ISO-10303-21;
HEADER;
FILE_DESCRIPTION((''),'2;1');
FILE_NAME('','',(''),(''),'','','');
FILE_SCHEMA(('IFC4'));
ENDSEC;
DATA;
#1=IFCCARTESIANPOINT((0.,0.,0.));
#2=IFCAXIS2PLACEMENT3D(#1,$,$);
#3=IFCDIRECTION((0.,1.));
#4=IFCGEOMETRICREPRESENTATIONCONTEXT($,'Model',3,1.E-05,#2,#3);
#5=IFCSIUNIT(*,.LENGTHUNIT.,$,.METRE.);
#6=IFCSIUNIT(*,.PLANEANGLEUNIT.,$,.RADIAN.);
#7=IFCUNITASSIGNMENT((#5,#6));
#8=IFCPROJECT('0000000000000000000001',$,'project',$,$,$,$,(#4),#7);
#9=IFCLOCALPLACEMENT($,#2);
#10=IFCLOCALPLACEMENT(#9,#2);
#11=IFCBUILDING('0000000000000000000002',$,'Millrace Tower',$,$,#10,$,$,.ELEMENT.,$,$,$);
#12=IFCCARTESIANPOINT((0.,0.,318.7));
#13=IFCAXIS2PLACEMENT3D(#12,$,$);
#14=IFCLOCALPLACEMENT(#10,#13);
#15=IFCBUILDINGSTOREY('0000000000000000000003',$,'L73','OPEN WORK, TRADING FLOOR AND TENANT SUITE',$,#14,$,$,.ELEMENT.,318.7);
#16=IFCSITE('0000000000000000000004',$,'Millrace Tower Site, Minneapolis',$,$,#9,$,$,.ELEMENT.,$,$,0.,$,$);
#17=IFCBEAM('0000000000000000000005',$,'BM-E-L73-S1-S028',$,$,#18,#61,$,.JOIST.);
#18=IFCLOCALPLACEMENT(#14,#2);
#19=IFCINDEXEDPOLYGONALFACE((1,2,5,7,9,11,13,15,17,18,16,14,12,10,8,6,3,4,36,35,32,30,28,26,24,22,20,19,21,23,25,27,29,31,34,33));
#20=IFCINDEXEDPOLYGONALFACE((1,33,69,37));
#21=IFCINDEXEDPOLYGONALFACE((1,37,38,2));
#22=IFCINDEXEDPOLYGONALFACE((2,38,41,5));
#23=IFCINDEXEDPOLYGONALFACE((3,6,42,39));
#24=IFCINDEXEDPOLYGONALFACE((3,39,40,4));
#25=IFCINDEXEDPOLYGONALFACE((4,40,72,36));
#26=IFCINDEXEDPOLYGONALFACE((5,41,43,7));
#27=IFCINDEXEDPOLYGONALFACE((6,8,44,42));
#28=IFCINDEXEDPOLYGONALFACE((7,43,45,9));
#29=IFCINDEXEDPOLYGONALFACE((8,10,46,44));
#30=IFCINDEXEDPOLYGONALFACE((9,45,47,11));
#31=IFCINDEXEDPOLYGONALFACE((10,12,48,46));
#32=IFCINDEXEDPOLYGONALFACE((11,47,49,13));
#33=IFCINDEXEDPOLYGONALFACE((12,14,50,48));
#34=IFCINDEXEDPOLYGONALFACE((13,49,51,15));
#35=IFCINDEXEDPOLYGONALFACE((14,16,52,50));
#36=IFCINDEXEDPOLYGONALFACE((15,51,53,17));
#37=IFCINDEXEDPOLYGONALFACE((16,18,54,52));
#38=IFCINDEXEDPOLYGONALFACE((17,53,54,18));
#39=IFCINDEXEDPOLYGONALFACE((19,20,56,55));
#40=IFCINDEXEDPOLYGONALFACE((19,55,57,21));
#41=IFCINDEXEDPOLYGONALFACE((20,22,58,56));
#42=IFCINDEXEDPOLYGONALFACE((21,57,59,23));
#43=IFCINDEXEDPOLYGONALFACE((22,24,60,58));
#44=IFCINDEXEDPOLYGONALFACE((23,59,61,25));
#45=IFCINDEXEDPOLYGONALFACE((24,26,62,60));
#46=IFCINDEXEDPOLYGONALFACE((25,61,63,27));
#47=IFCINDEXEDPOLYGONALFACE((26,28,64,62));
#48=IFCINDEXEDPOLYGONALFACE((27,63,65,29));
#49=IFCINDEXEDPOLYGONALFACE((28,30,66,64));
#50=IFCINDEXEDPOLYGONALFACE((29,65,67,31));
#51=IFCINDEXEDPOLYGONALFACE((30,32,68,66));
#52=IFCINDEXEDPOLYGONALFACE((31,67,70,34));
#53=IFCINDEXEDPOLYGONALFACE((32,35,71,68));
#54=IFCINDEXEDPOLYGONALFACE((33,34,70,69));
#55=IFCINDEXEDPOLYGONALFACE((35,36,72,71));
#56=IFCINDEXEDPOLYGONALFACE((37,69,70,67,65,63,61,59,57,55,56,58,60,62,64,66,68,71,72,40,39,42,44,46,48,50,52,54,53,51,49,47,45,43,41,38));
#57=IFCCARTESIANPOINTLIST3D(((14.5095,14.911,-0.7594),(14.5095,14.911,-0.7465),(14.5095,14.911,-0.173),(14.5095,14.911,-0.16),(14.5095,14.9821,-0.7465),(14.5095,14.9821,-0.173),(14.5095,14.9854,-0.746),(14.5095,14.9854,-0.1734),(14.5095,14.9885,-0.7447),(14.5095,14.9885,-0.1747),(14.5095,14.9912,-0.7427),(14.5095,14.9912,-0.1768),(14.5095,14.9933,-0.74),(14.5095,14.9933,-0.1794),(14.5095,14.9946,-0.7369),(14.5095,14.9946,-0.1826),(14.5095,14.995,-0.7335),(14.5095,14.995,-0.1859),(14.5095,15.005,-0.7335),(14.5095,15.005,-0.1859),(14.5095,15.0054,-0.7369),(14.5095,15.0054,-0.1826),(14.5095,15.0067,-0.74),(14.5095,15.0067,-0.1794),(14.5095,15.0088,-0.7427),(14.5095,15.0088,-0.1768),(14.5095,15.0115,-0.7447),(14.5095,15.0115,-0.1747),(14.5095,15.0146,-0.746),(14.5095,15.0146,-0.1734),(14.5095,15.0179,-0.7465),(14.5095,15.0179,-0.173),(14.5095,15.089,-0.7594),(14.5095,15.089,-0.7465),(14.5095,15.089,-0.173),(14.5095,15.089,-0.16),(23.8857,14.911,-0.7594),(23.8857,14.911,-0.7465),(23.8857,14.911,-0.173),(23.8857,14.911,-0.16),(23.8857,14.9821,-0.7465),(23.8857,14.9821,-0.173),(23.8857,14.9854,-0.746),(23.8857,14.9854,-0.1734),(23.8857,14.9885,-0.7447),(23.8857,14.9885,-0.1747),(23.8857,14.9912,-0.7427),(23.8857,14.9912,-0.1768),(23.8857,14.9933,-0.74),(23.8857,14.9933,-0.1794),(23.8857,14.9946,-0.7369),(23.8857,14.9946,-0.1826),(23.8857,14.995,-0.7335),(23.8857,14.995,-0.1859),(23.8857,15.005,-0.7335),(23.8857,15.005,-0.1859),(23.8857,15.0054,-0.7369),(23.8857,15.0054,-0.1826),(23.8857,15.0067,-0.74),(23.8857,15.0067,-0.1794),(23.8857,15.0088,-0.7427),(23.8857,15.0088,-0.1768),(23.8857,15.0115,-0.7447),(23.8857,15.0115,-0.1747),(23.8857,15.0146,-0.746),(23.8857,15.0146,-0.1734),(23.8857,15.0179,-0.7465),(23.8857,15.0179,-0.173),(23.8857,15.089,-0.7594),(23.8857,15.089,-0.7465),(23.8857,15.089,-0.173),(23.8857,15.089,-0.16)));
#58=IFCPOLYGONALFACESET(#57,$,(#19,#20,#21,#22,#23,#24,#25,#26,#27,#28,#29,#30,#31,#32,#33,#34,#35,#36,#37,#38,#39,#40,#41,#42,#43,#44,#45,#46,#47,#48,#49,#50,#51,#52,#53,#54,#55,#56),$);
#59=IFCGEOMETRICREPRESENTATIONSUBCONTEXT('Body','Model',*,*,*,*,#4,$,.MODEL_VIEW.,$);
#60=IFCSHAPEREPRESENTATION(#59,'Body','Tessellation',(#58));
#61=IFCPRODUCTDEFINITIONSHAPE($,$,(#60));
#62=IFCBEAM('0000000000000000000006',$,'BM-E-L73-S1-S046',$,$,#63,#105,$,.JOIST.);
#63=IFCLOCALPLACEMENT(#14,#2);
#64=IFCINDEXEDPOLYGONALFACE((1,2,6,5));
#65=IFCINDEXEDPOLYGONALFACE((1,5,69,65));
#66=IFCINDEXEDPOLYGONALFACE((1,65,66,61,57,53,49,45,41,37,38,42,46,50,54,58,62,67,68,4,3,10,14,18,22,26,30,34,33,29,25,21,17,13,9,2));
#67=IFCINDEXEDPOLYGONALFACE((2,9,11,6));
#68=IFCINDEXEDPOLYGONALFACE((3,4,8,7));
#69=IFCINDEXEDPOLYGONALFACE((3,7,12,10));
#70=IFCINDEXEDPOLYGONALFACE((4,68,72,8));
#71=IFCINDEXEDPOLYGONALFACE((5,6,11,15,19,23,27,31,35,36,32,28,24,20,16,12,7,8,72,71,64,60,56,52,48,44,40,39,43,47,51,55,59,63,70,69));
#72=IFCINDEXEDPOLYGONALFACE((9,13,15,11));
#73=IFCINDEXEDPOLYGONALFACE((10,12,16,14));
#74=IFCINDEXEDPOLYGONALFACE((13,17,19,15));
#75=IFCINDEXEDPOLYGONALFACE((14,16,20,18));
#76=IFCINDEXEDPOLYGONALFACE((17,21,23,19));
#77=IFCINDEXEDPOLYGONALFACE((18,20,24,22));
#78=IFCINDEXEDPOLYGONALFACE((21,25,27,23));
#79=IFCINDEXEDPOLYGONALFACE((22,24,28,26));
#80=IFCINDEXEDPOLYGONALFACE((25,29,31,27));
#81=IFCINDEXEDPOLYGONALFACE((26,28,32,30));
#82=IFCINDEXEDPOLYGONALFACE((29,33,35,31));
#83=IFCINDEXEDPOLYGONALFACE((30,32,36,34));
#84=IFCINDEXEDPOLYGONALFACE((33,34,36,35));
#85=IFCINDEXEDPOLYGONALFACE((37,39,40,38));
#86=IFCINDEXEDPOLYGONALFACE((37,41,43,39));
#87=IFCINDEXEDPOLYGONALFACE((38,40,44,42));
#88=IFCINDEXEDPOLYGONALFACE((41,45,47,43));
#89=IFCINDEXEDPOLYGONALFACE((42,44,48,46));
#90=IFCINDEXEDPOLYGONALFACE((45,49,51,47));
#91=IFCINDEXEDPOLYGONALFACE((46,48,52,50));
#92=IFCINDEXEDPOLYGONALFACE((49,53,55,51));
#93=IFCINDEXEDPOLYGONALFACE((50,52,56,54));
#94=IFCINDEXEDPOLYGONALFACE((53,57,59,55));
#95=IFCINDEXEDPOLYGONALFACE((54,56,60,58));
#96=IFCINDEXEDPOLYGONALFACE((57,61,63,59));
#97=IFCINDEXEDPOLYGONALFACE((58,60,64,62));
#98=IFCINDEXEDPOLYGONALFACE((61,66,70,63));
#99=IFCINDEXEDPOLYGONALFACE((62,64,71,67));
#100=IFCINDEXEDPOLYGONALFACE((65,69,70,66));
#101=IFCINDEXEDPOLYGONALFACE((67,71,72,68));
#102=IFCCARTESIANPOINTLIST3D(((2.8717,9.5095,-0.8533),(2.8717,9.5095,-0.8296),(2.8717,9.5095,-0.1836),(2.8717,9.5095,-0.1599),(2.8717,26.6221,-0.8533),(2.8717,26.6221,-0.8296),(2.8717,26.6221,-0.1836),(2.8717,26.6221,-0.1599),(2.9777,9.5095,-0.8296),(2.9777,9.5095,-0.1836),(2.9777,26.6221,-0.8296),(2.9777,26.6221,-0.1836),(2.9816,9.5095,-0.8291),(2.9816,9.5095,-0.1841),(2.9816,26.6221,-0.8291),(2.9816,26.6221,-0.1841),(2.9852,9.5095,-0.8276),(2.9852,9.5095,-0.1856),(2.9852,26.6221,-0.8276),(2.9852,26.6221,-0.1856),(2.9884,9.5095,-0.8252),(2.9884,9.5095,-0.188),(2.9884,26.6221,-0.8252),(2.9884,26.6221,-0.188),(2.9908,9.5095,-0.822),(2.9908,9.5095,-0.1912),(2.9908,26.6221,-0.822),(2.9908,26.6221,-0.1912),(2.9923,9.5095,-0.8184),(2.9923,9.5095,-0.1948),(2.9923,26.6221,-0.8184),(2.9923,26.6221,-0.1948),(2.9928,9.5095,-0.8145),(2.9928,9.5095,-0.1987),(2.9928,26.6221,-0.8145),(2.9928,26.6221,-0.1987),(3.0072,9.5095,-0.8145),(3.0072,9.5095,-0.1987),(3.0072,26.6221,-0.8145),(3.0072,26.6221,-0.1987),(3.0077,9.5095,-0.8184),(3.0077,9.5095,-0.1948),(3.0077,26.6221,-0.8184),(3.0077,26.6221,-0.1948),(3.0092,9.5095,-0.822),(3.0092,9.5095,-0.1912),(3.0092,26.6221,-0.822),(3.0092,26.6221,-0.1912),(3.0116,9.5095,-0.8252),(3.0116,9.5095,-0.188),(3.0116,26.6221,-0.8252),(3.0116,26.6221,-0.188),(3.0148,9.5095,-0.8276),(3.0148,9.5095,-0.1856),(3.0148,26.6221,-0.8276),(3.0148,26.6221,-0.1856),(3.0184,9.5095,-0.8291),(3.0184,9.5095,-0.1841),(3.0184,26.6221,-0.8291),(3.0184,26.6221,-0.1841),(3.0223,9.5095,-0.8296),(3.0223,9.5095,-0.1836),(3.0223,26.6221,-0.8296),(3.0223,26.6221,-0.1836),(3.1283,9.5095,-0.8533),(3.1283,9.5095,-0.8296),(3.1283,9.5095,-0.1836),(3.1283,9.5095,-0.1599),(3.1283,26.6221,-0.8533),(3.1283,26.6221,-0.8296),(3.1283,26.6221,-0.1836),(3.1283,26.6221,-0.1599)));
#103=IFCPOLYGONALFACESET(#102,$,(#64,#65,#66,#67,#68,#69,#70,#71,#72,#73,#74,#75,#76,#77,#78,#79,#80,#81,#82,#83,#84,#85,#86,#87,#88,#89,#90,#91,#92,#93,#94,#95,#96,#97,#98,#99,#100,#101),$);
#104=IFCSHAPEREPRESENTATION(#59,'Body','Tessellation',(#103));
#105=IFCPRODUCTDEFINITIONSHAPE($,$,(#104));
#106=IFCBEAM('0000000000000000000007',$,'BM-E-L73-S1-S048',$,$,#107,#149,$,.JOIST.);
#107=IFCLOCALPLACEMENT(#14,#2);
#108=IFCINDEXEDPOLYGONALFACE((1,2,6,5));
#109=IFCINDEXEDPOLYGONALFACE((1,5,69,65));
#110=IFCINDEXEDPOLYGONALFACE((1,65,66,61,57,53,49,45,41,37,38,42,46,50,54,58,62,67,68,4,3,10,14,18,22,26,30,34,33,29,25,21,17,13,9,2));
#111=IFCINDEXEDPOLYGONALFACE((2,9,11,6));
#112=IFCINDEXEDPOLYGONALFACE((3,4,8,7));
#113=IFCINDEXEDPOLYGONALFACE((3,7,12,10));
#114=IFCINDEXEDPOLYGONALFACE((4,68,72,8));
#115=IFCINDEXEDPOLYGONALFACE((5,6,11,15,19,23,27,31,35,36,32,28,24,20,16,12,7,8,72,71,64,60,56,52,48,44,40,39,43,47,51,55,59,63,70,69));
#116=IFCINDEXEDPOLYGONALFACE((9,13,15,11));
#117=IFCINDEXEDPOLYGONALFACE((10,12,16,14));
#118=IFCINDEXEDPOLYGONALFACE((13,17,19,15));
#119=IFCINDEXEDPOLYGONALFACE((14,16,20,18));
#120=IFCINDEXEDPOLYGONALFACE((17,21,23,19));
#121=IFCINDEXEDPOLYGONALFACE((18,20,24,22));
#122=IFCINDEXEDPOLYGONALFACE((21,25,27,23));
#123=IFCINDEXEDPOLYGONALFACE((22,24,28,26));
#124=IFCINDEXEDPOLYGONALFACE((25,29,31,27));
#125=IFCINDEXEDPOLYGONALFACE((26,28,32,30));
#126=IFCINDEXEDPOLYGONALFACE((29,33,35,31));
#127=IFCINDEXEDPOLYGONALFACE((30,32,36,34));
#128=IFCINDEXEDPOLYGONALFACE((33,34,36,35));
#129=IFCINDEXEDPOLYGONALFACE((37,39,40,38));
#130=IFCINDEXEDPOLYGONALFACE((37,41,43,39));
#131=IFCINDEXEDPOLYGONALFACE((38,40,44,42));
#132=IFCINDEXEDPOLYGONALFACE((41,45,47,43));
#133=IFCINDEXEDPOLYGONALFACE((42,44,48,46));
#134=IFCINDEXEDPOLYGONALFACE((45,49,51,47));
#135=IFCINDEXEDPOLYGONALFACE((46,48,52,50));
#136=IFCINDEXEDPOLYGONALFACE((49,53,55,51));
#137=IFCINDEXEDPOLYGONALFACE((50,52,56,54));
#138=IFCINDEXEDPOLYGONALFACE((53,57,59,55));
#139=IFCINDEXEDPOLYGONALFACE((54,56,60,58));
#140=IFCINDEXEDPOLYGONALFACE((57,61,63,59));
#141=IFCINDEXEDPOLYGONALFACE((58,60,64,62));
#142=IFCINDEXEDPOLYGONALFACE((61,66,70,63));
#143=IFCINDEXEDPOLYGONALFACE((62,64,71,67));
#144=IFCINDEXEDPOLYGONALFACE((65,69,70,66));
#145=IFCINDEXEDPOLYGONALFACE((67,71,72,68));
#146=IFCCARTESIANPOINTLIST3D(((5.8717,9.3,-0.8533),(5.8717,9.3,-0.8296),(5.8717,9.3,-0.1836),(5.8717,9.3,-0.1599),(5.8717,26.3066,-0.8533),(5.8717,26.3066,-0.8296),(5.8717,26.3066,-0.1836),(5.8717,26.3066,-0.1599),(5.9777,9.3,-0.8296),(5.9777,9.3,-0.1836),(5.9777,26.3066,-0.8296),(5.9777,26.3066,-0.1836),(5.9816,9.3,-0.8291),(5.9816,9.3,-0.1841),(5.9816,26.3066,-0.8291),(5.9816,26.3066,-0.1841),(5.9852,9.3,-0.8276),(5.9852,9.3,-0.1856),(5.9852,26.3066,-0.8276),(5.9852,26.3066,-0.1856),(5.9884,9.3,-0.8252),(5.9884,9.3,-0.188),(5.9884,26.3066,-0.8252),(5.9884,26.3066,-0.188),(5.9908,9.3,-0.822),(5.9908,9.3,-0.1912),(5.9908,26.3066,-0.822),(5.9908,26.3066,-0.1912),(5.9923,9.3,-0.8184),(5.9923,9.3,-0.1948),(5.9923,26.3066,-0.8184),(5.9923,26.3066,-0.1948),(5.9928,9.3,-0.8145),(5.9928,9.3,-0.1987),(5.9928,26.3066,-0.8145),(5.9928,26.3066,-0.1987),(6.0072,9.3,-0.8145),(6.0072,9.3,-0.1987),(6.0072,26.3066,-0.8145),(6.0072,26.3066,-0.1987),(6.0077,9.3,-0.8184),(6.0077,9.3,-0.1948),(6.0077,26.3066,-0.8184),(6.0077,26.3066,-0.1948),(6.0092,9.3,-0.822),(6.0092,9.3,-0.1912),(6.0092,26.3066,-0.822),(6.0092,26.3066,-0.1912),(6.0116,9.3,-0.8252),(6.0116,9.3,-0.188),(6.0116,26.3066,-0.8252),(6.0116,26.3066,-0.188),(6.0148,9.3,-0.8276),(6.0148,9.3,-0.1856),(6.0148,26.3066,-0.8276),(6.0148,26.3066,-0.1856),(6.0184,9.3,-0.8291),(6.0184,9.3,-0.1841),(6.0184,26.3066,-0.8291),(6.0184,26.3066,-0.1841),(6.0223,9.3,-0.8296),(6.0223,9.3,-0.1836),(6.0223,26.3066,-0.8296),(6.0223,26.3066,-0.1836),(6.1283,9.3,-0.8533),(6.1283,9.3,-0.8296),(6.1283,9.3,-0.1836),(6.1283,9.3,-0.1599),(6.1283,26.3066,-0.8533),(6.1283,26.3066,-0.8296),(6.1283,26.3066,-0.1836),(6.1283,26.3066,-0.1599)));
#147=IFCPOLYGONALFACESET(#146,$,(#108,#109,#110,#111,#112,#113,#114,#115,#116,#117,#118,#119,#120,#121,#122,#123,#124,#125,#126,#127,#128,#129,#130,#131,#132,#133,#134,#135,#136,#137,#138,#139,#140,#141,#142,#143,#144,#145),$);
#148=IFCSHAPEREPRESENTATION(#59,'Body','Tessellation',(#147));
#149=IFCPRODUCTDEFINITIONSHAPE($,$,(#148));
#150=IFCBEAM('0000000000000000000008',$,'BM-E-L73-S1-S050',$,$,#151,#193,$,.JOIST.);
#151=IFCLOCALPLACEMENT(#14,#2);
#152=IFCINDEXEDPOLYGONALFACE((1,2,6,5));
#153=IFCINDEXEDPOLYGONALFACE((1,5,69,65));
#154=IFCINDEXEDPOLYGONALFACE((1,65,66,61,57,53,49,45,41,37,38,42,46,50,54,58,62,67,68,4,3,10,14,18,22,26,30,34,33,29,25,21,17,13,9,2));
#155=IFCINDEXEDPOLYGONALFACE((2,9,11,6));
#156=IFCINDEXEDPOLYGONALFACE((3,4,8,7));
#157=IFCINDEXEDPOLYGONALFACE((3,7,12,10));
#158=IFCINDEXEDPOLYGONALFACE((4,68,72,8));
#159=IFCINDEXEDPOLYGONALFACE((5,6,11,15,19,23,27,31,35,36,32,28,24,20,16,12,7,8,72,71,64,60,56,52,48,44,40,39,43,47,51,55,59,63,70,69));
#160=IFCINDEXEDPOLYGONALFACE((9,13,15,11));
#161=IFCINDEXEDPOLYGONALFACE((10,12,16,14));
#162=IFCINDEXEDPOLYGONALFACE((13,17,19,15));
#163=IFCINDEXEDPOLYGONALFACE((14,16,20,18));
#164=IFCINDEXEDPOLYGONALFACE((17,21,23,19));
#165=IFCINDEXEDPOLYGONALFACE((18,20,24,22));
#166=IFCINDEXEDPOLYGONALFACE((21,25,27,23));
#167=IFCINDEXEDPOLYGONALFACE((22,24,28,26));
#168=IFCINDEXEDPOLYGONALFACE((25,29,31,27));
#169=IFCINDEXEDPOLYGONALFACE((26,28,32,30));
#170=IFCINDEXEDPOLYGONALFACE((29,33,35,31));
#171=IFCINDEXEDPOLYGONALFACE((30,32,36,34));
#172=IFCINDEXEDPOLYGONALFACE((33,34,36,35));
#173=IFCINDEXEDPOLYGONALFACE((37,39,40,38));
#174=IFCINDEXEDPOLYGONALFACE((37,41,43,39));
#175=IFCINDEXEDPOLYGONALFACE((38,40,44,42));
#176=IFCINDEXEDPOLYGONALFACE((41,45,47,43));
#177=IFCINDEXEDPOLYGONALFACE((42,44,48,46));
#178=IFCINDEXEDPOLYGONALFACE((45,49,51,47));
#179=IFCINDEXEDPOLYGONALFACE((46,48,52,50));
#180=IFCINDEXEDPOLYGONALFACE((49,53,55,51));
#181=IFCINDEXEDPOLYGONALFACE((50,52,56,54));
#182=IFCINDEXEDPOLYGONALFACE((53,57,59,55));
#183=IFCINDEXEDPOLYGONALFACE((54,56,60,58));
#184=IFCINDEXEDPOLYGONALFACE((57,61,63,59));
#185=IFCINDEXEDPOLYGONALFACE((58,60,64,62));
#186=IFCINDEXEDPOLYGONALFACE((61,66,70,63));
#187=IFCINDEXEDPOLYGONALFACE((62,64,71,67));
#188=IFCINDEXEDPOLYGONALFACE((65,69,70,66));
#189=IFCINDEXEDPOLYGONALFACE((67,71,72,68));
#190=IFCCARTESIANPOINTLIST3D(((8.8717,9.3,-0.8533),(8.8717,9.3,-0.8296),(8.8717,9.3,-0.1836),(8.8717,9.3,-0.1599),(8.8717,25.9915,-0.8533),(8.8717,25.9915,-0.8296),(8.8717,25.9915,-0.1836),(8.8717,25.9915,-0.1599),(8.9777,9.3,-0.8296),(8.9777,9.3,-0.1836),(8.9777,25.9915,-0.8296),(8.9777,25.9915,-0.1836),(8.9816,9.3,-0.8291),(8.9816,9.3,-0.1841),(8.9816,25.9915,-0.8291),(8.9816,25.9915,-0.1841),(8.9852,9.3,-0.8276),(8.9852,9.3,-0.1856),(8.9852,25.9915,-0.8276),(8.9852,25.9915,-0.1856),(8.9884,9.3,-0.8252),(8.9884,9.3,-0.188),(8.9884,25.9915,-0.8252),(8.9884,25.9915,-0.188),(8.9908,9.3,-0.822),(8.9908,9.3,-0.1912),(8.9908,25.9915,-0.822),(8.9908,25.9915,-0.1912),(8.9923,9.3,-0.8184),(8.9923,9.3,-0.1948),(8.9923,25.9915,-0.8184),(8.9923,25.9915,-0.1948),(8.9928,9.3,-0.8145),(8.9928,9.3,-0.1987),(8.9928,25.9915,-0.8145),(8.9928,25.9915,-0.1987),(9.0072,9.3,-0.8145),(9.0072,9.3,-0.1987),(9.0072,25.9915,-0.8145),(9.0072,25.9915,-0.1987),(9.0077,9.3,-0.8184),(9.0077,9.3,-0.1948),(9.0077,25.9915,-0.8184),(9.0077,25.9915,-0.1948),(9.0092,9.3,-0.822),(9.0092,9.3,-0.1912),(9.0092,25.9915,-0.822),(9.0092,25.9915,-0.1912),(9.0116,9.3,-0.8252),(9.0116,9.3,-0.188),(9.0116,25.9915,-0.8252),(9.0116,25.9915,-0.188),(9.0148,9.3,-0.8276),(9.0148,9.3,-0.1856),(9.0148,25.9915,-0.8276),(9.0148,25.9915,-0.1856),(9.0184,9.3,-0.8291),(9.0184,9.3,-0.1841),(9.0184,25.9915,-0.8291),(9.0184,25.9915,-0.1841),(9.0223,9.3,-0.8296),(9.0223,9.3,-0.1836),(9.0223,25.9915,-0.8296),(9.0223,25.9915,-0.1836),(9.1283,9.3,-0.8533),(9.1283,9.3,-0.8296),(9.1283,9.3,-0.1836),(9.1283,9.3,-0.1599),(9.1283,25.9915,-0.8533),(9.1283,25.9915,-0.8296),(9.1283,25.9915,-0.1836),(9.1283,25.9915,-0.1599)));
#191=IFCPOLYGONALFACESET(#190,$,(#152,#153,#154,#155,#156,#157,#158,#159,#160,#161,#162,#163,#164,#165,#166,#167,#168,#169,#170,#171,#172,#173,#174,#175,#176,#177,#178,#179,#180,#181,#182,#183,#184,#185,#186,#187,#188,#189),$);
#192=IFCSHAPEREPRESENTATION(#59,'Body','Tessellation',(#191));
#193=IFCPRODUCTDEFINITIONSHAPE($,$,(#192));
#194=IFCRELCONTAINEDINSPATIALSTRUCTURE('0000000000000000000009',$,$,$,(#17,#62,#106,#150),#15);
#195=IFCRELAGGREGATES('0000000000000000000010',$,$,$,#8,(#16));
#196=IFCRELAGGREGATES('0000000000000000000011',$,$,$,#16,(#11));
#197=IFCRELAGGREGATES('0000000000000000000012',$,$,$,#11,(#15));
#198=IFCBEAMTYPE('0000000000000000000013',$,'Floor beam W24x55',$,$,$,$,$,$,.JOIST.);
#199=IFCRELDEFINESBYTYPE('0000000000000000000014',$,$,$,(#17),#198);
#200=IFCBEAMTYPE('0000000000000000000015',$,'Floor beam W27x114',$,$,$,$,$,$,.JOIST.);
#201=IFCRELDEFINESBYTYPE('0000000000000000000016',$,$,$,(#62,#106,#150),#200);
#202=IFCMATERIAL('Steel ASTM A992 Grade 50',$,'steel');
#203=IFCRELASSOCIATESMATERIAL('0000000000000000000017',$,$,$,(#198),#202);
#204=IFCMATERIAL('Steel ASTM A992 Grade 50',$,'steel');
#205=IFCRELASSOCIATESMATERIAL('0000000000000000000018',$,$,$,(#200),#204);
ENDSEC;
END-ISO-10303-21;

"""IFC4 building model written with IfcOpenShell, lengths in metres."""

from ifc_helpers import new_model, si_unit, direction, frame, origin, origin_2d, place, context, subcontext, project, spatial, i_section, extrude, material, material_profile, profile_set, type_object, element, save


model = new_model("IFC4")

# Units and contexts
model_context = context("Model", 3, precision=1e-05, world=origin(), true_north=direction((0.0, 1.0)))
body_context = subcontext(model_context, "Body", "Model", "MODEL_VIEW")
ifc_project = project(units=[si_unit("LENGTHUNIT", "METRE"), si_unit("PLANEANGLEUNIT", "RADIAN")], contexts=[model_context])

# Site, building, storey
site_placement = place(None, origin())
site = spatial("IfcSite", under=ifc_project, at=site_placement, Name="Millrace Tower Site, Minneapolis", CompositionType="ELEMENT", RefElevation=0.0)
building_placement = place(site_placement, origin())
building = spatial("IfcBuilding", under=site, at=building_placement, Name="Millrace Tower", CompositionType="ELEMENT")
storey_placement = place(building_placement, frame((0.0, 0.0, 318.7)))
storey = spatial("IfcBuildingStorey", under=building, at=storey_placement, Name="L73", Description="OPEN WORK, TRADING FLOOR AND TENANT SUITE", CompositionType="ELEMENT", Elevation=318.7)

# Beams
ifc_material_1 = material(Name="Steel ASTM A992 Grade 50", Category="steel")
ifc_material_profile_1 = material_profile(ifc_material_1, i_section(OverallWidth=0.178, OverallDepth=0.5994, WebThickness=0.01, FlangeThickness=0.0129, FilletRadius=0.0129, at=origin_2d()))
ifc_profile_set_1 = profile_set([ifc_material_profile_1], Name="Steel ASTM A992 Grade 50")
beam_type_1 = type_object("IfcBeamType", Name="Floor beam W24x55", PredefinedType="JOIST", material=ifc_profile_set_1)
beam_1_placement = place(storey_placement, frame((14.5095, 15.0, -0.4597), z_axis=(1.0, 0.0, 0.0), x_axis=(0.0, 1.0, 0.0)))
element("IfcBeam", 1, at=beam_1_placement, inside=storey, type_object=beam_type_1, Name="BM-E-L73-S1-S028", PredefinedType="JOIST", context=body_context, shape_type="SweptSolid", body=[
    extrude(i_section(OverallWidth=0.178, OverallDepth=0.5994, WebThickness=0.01, FlangeThickness=0.0129, FilletRadius=0.0129, at=origin_2d()), origin(), (0.0, 0.0, 1.0), 9.3762),
])
ifc_material_2 = material(Name="Steel ASTM A992 Grade 50", Category="steel")
ifc_material_profile_2 = material_profile(ifc_material_2, i_section(OverallWidth=0.2566, OverallDepth=0.6934, WebThickness=0.0144, FlangeThickness=0.0237, FilletRadius=0.0151, at=origin_2d()))
ifc_profile_set_2 = profile_set([ifc_material_profile_2], Name="Steel ASTM A992 Grade 50")
beam_type_2 = type_object("IfcBeamType", Name="Floor beam W27x114", PredefinedType="JOIST", material=ifc_profile_set_2)
beam_2_placement = place(storey_placement, frame((3.0, 9.5095, -0.5066), z_axis=(0.0, 1.0, 0.0), x_axis=(-1.0, 0.0, 0.0)))
element("IfcBeam", 2, at=beam_2_placement, inside=storey, type_object=beam_type_2, Name="BM-E-L73-S1-S046", PredefinedType="JOIST", context=body_context, shape_type="SweptSolid", body=[
    extrude(i_section(OverallWidth=0.2566, OverallDepth=0.6934, WebThickness=0.0144, FlangeThickness=0.0237, FilletRadius=0.0151, at=origin_2d()), origin(), (0.0, 0.0, 1.0), 17.1125),
])
beam_3_placement = place(storey_placement, frame((6.0, 9.3, -0.5066), z_axis=(0.0, 1.0, 0.0), x_axis=(-1.0, 0.0, 0.0)))
element("IfcBeam", 3, at=beam_3_placement, inside=storey, type_object=beam_type_2, Name="BM-E-L73-S1-S048", PredefinedType="JOIST", context=body_context, shape_type="SweptSolid", body=[
    extrude(i_section(OverallWidth=0.2566, OverallDepth=0.6934, WebThickness=0.0144, FlangeThickness=0.0237, FilletRadius=0.0151, at=origin_2d()), origin(), (0.0, 0.0, 1.0), 17.0066),
])
beam_4_placement = place(storey_placement, frame((9.0, 9.3, -0.5066), z_axis=(0.0, 1.0, 0.0), x_axis=(-1.0, 0.0, 0.0)))
element("IfcBeam", 4, at=beam_4_placement, inside=storey, type_object=beam_type_2, Name="BM-E-L73-S1-S050", PredefinedType="JOIST", context=body_context, shape_type="SweptSolid", body=[
    extrude(i_section(OverallWidth=0.2566, OverallDepth=0.6934, WebThickness=0.0144, FlangeThickness=0.0237, FilletRadius=0.0151, at=origin_2d()), origin(), (0.0, 0.0, 1.0), 16.6914),
])

save(model, "model.ifc")
